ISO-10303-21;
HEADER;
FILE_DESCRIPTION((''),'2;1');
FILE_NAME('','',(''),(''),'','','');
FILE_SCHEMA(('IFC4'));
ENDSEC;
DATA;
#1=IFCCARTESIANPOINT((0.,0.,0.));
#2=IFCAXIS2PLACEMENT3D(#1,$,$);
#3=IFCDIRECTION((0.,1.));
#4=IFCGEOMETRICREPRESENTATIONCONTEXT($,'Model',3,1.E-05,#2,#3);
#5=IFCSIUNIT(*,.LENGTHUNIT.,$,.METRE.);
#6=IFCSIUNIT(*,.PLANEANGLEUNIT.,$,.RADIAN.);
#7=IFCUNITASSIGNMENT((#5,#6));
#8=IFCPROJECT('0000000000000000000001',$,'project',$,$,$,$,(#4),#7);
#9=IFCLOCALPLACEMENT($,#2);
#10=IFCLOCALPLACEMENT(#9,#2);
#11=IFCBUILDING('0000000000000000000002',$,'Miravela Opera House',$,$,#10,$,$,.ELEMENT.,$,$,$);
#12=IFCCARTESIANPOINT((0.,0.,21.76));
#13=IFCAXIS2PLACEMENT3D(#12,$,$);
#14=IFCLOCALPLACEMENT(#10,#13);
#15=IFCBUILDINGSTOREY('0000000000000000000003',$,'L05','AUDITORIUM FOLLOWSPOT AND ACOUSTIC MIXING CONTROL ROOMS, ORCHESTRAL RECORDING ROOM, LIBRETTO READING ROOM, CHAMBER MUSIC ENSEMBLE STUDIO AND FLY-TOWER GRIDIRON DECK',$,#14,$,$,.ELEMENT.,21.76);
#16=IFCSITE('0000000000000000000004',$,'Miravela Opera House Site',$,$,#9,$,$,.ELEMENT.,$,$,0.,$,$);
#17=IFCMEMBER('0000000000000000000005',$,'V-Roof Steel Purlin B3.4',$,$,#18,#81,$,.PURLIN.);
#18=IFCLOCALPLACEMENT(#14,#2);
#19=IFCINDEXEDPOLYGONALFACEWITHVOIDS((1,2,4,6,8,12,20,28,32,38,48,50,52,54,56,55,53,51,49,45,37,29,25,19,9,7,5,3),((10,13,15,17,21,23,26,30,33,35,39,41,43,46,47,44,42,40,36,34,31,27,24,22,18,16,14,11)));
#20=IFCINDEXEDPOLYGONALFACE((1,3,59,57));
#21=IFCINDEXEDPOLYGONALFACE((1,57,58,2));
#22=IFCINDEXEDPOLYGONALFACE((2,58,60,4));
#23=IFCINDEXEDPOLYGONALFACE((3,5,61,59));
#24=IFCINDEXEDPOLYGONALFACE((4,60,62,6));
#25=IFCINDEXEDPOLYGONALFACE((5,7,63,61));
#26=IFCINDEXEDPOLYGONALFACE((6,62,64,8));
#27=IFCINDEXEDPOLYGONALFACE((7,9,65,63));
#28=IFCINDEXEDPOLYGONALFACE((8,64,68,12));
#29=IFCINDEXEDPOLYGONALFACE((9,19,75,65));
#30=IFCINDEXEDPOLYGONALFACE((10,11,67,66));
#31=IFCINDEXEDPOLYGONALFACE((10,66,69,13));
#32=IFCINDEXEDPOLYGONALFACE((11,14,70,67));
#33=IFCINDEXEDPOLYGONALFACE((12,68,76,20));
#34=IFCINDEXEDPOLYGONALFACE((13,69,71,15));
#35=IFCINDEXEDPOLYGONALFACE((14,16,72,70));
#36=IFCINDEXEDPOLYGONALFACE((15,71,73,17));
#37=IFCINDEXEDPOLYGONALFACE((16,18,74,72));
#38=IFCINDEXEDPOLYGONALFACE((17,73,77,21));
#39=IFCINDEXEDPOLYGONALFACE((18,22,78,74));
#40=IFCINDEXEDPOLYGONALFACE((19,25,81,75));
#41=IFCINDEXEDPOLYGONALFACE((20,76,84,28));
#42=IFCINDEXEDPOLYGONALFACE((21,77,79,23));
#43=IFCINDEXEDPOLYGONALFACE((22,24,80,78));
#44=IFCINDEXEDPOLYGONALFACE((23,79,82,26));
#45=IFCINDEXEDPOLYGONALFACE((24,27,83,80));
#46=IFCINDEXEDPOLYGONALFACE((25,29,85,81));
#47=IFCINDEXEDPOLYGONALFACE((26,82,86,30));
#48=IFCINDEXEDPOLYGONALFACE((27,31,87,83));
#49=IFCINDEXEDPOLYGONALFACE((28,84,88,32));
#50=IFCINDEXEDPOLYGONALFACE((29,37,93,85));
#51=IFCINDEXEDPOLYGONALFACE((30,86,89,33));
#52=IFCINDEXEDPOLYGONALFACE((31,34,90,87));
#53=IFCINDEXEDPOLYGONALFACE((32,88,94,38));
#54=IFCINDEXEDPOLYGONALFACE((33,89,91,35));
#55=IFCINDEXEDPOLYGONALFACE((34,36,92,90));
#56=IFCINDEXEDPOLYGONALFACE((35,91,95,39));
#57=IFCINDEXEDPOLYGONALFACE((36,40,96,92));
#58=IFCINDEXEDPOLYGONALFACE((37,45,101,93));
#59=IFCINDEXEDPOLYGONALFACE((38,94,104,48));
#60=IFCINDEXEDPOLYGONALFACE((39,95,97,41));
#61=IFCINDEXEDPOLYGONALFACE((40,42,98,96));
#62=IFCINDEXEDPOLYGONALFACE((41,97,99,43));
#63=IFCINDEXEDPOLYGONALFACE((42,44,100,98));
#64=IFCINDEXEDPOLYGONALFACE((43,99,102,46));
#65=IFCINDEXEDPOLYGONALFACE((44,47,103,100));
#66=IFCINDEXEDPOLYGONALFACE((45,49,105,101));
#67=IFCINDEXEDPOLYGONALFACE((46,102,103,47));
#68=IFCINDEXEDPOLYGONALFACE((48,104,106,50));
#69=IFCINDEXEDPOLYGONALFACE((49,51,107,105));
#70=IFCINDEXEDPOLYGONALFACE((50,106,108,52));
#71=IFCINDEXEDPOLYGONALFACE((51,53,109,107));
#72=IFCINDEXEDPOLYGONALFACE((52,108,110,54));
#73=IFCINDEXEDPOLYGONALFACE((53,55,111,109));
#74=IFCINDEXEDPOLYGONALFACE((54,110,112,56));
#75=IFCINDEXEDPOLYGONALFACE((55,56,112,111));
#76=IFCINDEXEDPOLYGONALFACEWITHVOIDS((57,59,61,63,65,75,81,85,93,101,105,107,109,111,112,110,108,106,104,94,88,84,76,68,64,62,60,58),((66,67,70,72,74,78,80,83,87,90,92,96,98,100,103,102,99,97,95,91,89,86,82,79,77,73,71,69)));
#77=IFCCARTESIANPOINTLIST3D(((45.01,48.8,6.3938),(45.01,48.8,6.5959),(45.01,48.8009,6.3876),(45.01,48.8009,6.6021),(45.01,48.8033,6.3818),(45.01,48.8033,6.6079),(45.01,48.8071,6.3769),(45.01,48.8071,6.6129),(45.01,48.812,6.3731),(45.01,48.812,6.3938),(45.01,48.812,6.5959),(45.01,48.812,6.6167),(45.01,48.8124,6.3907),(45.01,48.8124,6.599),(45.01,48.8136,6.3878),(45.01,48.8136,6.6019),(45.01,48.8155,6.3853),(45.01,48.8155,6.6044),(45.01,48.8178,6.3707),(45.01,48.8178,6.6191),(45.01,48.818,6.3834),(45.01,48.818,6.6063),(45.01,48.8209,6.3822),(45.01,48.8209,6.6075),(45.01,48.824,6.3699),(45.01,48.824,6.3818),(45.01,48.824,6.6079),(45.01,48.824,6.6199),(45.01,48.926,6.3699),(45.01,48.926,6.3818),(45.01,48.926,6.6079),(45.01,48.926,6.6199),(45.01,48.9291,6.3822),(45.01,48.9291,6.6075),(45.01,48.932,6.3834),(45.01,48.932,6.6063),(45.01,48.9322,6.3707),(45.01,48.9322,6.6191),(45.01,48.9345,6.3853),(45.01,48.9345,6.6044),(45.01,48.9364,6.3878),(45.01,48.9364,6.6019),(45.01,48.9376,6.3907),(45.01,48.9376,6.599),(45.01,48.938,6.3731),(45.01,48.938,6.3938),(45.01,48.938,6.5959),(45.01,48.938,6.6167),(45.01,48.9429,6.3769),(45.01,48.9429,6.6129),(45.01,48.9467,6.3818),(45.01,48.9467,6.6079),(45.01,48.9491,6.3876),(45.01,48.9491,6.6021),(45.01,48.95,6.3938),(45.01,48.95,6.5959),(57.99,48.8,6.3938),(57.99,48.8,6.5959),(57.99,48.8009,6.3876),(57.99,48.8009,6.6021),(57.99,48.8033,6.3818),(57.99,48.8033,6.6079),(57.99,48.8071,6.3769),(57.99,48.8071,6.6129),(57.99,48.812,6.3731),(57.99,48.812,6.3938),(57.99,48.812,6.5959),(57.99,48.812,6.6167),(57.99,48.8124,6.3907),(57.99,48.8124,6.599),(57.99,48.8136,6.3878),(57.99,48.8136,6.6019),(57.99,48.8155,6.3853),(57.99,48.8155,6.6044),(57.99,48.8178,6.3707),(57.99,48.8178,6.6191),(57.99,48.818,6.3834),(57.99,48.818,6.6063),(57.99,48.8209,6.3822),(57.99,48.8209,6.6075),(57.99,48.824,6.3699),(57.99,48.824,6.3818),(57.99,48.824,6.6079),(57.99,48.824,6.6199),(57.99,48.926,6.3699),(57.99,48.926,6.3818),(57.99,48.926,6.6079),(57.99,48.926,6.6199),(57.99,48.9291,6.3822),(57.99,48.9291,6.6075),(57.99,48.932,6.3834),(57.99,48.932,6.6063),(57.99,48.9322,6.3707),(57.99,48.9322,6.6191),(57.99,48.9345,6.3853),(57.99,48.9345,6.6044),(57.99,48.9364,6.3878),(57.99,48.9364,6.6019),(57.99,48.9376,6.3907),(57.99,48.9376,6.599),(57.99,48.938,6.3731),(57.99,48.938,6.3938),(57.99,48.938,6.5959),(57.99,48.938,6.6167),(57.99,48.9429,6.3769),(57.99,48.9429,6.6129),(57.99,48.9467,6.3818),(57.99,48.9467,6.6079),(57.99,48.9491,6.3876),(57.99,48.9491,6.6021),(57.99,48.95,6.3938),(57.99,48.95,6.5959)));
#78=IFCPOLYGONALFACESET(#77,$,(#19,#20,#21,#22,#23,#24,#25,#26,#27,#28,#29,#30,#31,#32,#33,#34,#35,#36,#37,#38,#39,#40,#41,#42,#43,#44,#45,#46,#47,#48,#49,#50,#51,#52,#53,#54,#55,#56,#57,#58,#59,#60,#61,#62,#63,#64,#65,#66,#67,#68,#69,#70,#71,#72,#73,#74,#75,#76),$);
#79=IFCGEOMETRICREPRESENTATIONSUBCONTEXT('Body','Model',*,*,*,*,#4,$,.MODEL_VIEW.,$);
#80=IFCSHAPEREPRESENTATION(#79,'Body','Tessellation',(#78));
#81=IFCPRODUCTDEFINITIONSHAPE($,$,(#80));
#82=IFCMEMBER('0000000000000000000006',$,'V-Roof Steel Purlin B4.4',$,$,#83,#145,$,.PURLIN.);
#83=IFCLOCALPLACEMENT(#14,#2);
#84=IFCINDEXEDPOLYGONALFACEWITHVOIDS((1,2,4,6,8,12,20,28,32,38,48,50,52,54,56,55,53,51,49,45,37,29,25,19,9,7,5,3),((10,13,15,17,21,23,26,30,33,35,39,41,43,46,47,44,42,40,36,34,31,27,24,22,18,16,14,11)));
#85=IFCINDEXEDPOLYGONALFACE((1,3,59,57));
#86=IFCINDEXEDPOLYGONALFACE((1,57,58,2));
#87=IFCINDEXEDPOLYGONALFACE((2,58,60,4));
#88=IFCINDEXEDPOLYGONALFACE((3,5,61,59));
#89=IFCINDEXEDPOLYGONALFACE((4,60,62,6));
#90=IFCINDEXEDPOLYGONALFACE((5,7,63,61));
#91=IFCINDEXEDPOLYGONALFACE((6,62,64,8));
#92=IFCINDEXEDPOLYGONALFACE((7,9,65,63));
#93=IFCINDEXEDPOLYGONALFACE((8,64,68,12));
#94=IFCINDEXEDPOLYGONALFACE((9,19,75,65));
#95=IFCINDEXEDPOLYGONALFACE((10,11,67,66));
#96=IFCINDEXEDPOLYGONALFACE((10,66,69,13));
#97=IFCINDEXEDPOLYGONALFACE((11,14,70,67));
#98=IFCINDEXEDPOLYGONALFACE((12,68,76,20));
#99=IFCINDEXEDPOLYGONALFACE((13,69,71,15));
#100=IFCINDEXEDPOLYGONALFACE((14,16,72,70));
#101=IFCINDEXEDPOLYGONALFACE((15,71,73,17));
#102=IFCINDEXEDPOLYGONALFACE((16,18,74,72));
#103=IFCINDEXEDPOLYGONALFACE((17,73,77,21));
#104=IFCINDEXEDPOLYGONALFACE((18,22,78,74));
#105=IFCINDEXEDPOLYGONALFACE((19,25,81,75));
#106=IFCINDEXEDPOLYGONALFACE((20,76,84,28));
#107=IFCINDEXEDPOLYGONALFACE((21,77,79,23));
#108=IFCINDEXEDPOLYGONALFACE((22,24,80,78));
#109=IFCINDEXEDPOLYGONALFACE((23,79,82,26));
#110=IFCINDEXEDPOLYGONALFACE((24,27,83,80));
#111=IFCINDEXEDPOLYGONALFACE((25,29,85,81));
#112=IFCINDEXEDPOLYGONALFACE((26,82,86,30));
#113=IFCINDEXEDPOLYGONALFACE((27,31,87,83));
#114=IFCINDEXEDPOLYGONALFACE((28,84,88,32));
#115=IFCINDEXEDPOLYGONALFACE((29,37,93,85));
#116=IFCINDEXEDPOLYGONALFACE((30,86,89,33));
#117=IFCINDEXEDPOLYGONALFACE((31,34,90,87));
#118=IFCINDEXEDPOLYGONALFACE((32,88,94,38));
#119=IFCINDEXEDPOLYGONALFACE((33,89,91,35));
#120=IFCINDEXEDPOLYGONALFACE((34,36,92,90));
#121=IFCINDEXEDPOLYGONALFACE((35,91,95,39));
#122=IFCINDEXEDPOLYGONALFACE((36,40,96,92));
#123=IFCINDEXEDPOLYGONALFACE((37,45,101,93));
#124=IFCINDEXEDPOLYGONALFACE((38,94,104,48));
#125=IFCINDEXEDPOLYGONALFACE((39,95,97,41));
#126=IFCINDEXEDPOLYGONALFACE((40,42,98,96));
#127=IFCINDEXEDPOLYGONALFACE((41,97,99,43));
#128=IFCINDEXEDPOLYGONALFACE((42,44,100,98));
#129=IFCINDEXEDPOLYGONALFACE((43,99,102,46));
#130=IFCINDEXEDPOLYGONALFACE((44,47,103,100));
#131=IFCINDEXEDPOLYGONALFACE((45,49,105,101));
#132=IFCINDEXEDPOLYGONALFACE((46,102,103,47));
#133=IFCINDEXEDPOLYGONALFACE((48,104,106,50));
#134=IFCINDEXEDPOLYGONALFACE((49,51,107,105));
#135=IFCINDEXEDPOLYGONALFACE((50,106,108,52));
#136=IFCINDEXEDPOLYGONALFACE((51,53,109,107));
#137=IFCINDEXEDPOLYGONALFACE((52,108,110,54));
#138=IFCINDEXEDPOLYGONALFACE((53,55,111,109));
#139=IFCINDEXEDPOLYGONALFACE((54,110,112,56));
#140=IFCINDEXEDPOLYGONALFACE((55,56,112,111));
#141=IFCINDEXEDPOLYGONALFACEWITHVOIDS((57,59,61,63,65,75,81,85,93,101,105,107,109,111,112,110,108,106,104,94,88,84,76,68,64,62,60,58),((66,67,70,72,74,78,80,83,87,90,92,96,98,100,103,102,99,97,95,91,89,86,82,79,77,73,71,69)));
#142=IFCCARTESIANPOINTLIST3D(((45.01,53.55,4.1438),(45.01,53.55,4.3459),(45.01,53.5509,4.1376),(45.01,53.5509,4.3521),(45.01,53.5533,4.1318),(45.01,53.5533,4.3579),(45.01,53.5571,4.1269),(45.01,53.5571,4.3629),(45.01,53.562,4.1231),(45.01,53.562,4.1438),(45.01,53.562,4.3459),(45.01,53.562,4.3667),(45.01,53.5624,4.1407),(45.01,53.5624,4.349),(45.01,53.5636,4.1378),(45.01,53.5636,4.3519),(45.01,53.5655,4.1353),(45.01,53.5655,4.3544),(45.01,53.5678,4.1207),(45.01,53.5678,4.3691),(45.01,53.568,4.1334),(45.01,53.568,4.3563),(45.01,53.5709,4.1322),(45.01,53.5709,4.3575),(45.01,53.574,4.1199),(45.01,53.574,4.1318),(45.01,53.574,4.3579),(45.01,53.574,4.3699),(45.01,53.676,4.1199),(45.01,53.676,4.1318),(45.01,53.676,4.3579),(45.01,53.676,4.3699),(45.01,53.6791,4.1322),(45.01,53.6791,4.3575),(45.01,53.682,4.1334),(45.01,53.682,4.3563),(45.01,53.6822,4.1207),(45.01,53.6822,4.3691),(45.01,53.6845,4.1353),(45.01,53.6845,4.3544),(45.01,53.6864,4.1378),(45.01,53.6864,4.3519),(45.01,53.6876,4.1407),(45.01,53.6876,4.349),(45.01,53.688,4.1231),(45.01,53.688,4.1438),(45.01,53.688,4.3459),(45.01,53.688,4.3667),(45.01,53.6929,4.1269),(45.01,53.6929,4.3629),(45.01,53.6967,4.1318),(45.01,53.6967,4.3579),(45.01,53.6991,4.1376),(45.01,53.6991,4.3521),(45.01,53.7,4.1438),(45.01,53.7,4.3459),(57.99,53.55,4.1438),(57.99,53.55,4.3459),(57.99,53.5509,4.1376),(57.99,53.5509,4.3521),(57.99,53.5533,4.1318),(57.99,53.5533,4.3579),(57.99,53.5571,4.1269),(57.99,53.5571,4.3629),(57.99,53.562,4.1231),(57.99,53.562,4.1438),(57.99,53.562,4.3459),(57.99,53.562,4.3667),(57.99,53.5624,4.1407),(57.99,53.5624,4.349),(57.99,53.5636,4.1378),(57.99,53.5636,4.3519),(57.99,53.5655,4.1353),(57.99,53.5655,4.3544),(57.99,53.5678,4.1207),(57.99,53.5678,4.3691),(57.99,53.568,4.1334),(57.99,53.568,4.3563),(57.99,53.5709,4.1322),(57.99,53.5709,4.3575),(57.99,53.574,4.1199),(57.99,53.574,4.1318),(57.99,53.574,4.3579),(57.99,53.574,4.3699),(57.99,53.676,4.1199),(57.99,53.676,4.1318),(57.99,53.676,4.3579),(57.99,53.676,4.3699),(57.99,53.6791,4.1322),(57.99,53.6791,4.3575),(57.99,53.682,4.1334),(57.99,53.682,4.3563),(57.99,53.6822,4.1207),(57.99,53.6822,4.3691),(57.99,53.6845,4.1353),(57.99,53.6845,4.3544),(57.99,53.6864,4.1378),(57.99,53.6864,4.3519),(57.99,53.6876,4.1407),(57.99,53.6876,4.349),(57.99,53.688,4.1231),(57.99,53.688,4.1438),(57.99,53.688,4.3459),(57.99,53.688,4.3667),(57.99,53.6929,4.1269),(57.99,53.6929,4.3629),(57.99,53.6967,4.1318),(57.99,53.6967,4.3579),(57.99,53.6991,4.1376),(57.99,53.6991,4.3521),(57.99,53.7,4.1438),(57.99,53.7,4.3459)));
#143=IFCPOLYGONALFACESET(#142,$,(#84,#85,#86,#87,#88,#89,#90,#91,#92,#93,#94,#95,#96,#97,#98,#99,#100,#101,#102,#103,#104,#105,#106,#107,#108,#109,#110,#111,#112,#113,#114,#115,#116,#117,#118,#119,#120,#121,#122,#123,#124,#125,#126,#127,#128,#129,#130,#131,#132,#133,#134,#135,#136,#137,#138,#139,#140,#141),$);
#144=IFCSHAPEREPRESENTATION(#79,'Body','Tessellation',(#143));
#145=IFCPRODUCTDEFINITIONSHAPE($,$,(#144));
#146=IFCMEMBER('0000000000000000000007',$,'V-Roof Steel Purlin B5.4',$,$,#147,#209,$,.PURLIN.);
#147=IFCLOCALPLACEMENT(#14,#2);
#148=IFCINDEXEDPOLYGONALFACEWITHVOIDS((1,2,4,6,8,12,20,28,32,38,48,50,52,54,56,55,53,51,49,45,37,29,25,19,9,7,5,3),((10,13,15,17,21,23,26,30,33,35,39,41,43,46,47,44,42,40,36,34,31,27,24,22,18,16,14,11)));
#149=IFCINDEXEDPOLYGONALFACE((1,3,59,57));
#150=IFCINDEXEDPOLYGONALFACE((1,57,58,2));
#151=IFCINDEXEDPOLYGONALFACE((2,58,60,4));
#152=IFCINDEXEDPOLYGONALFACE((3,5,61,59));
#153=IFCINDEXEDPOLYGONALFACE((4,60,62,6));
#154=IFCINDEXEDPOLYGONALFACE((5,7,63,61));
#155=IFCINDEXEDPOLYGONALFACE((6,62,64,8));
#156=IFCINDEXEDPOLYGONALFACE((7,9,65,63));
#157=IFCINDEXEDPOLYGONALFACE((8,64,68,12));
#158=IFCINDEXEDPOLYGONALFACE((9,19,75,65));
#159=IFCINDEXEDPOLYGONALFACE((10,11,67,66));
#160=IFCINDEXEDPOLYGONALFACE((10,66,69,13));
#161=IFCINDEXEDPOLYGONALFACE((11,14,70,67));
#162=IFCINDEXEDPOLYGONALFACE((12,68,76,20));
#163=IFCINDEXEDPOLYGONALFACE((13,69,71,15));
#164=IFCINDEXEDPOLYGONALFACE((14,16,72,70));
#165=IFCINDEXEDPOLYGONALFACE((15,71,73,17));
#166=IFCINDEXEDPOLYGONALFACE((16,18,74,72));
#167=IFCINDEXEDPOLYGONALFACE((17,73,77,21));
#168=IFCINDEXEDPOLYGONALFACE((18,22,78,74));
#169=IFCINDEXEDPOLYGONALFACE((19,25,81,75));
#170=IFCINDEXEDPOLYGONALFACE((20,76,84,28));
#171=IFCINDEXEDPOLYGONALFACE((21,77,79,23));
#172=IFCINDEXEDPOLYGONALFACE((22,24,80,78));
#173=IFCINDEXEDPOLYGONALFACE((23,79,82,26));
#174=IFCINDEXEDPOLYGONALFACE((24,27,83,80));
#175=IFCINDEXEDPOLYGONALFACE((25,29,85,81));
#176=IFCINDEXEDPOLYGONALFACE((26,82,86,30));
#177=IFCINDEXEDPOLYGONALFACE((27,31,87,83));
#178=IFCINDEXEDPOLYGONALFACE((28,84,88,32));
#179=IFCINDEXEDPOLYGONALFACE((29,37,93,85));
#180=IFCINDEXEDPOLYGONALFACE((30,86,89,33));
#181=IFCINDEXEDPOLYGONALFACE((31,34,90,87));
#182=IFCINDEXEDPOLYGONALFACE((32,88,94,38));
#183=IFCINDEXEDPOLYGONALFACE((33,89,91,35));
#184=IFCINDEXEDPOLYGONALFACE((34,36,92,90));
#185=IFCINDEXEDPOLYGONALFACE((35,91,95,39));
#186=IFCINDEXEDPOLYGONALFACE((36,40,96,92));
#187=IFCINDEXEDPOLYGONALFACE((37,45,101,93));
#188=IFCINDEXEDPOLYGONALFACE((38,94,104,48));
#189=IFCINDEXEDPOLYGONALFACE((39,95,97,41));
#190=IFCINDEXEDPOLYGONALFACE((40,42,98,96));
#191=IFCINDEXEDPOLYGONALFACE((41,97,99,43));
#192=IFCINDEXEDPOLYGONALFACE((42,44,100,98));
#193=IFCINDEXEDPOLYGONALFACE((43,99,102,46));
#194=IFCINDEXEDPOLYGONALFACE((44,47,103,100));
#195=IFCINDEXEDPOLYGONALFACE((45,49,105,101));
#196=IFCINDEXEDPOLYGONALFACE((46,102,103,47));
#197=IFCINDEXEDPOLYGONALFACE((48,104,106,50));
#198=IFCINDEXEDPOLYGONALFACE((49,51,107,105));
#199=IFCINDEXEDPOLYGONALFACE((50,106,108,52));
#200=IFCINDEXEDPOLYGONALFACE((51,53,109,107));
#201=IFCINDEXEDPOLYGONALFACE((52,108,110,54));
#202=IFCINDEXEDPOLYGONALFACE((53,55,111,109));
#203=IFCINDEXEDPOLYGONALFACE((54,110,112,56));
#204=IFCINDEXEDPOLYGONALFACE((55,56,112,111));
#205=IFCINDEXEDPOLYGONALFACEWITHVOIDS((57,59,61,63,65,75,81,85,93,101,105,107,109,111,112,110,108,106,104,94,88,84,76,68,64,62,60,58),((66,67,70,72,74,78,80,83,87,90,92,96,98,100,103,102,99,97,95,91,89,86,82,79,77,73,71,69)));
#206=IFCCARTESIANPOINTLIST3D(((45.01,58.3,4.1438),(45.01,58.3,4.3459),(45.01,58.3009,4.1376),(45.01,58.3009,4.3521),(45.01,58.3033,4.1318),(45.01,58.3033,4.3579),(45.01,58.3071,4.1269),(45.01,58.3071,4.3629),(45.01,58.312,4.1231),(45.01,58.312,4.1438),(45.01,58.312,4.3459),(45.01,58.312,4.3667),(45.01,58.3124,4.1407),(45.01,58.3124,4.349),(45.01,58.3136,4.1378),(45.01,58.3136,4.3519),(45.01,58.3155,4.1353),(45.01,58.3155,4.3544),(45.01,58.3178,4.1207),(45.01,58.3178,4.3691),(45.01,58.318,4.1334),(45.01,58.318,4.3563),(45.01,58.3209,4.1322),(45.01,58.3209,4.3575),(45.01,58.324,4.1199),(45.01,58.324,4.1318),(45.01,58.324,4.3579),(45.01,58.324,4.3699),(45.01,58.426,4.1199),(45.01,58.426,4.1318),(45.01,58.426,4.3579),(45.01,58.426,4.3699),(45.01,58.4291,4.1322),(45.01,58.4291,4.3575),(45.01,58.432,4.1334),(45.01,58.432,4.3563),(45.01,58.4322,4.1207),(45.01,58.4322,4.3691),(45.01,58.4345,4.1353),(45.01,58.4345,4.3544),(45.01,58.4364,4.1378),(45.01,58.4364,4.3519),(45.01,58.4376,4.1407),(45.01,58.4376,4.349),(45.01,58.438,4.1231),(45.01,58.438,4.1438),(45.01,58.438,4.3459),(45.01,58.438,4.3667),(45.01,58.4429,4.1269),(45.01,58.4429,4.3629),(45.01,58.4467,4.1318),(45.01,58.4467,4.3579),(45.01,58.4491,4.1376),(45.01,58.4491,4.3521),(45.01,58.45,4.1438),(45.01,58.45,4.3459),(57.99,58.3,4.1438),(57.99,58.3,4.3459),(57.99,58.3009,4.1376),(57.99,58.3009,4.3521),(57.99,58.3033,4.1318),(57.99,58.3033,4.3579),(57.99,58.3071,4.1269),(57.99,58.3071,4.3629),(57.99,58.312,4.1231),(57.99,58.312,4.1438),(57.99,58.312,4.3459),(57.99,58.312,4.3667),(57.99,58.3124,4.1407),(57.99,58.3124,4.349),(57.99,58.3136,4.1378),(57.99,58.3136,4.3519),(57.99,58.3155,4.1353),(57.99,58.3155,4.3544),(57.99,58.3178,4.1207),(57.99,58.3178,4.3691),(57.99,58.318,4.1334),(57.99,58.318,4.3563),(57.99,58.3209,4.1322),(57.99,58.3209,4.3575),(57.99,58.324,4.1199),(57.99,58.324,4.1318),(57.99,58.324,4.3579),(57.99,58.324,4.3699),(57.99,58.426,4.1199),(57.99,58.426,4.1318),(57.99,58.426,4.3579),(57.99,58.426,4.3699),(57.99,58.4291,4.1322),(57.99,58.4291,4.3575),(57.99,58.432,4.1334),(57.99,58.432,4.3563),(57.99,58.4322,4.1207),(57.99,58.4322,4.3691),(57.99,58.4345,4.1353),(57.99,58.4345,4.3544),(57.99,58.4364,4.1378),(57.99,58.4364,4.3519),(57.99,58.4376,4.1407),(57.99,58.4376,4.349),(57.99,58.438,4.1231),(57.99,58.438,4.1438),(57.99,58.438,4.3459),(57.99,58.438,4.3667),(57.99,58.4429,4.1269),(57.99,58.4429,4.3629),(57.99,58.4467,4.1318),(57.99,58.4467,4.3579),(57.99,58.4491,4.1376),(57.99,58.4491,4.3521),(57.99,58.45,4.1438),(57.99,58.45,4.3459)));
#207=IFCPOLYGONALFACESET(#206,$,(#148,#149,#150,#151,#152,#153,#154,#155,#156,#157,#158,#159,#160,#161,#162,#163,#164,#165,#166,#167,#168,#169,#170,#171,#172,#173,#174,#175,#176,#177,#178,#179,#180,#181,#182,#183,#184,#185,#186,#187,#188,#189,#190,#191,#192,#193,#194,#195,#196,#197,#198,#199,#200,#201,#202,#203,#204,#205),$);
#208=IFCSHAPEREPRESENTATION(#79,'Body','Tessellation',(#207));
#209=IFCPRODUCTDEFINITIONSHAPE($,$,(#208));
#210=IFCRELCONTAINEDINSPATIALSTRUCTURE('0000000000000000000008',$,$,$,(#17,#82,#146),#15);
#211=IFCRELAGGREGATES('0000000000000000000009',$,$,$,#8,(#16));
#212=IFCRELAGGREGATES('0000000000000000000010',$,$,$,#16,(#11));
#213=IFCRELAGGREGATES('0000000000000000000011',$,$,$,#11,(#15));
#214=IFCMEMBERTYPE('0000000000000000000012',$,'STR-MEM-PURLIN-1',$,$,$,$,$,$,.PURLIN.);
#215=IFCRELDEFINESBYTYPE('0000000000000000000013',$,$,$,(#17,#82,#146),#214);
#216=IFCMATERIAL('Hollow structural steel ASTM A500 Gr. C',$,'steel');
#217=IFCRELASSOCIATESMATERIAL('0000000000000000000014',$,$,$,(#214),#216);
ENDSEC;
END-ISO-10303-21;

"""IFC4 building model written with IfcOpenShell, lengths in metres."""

from ifc_helpers import new_model, si_unit, direction, frame, origin, origin_2d, place, context, subcontext, project, spatial, hollow_rectangle, extrude, material, material_profile, profile_set, type_object, element, save


model = new_model("IFC4")

# Units and contexts
model_context = context("Model", 3, precision=1e-05, world=origin(), true_north=direction((0.0, 1.0)))
body_context = subcontext(model_context, "Body", "Model", "MODEL_VIEW")
ifc_project = project(units=[si_unit("LENGTHUNIT", "METRE"), si_unit("PLANEANGLEUNIT", "RADIAN")], contexts=[model_context])

# Site, building, storey
site_placement = place(None, origin())
site = spatial("IfcSite", under=ifc_project, at=site_placement, Name="Miravela Opera House Site", CompositionType="ELEMENT", RefElevation=0.0)
building_placement = place(site_placement, origin())
building = spatial("IfcBuilding", under=site, at=building_placement, Name="Miravela Opera House", CompositionType="ELEMENT")
storey_placement = place(building_placement, frame((0.0, 0.0, 21.76)))
storey = spatial("IfcBuildingStorey", under=building, at=storey_placement, Name="L05", Description="AUDITORIUM FOLLOWSPOT AND ACOUSTIC MIXING CONTROL ROOMS, ORCHESTRAL RECORDING ROOM, LIBRETTO READING ROOM, CHAMBER MUSIC ENSEMBLE STUDIO AND FLY-TOWER GRIDIRON DECK", CompositionType="ELEMENT", Elevation=21.76)

# Members
ifc_material_1 = material(Name="Hollow structural steel ASTM A500 Gr. C", Category="steel")
ifc_material_profile_1 = material_profile(ifc_material_1, hollow_rectangle(XDim=0.1499, YDim=0.25, WallThickness=0.012, InnerFilletRadius=0.012, OuterFilletRadius=0.0239, at=origin_2d()), Name="HSS250X150X12")
ifc_profile_set_1 = profile_set([ifc_material_profile_1])
member_type_1 = type_object("IfcMemberType", Name="STR-MEM-PURLIN-1", PredefinedType="PURLIN", material=ifc_profile_set_1)
for number, where, z_axis, x_axis, name in (
    (1, (45.01, 48.875, 6.4949), (1.0, 0.0, 0.0), (0.0, 1.0, 0.0), "V-Roof Steel Purlin B3.4"),
    (2, (45.01, 53.625, 4.2449), (1.0, 0.0, 0.0), (0.0, 1.0, 0.0), "V-Roof Steel Purlin B4.4"),
    (3, (45.01, 58.375, 4.2449), (1.0, 0.0, 0.0), (0.0, 1.0, 0.0), "V-Roof Steel Purlin B5.4"),
):
    element("IfcMember", number, at=place(storey_placement, frame(where, z_axis=z_axis, x_axis=x_axis)), inside=storey, type_object=member_type_1, Name=name, PredefinedType="PURLIN", context=body_context, shape_type="SweptSolid", body=[
        extrude(hollow_rectangle(XDim=0.1499, YDim=0.25, WallThickness=0.012, InnerFilletRadius=0.012, OuterFilletRadius=0.0239, at=origin_2d()), origin(), (0.0, 0.0, 1.0), 12.98),
    ])

save(model, "model.ifc")
